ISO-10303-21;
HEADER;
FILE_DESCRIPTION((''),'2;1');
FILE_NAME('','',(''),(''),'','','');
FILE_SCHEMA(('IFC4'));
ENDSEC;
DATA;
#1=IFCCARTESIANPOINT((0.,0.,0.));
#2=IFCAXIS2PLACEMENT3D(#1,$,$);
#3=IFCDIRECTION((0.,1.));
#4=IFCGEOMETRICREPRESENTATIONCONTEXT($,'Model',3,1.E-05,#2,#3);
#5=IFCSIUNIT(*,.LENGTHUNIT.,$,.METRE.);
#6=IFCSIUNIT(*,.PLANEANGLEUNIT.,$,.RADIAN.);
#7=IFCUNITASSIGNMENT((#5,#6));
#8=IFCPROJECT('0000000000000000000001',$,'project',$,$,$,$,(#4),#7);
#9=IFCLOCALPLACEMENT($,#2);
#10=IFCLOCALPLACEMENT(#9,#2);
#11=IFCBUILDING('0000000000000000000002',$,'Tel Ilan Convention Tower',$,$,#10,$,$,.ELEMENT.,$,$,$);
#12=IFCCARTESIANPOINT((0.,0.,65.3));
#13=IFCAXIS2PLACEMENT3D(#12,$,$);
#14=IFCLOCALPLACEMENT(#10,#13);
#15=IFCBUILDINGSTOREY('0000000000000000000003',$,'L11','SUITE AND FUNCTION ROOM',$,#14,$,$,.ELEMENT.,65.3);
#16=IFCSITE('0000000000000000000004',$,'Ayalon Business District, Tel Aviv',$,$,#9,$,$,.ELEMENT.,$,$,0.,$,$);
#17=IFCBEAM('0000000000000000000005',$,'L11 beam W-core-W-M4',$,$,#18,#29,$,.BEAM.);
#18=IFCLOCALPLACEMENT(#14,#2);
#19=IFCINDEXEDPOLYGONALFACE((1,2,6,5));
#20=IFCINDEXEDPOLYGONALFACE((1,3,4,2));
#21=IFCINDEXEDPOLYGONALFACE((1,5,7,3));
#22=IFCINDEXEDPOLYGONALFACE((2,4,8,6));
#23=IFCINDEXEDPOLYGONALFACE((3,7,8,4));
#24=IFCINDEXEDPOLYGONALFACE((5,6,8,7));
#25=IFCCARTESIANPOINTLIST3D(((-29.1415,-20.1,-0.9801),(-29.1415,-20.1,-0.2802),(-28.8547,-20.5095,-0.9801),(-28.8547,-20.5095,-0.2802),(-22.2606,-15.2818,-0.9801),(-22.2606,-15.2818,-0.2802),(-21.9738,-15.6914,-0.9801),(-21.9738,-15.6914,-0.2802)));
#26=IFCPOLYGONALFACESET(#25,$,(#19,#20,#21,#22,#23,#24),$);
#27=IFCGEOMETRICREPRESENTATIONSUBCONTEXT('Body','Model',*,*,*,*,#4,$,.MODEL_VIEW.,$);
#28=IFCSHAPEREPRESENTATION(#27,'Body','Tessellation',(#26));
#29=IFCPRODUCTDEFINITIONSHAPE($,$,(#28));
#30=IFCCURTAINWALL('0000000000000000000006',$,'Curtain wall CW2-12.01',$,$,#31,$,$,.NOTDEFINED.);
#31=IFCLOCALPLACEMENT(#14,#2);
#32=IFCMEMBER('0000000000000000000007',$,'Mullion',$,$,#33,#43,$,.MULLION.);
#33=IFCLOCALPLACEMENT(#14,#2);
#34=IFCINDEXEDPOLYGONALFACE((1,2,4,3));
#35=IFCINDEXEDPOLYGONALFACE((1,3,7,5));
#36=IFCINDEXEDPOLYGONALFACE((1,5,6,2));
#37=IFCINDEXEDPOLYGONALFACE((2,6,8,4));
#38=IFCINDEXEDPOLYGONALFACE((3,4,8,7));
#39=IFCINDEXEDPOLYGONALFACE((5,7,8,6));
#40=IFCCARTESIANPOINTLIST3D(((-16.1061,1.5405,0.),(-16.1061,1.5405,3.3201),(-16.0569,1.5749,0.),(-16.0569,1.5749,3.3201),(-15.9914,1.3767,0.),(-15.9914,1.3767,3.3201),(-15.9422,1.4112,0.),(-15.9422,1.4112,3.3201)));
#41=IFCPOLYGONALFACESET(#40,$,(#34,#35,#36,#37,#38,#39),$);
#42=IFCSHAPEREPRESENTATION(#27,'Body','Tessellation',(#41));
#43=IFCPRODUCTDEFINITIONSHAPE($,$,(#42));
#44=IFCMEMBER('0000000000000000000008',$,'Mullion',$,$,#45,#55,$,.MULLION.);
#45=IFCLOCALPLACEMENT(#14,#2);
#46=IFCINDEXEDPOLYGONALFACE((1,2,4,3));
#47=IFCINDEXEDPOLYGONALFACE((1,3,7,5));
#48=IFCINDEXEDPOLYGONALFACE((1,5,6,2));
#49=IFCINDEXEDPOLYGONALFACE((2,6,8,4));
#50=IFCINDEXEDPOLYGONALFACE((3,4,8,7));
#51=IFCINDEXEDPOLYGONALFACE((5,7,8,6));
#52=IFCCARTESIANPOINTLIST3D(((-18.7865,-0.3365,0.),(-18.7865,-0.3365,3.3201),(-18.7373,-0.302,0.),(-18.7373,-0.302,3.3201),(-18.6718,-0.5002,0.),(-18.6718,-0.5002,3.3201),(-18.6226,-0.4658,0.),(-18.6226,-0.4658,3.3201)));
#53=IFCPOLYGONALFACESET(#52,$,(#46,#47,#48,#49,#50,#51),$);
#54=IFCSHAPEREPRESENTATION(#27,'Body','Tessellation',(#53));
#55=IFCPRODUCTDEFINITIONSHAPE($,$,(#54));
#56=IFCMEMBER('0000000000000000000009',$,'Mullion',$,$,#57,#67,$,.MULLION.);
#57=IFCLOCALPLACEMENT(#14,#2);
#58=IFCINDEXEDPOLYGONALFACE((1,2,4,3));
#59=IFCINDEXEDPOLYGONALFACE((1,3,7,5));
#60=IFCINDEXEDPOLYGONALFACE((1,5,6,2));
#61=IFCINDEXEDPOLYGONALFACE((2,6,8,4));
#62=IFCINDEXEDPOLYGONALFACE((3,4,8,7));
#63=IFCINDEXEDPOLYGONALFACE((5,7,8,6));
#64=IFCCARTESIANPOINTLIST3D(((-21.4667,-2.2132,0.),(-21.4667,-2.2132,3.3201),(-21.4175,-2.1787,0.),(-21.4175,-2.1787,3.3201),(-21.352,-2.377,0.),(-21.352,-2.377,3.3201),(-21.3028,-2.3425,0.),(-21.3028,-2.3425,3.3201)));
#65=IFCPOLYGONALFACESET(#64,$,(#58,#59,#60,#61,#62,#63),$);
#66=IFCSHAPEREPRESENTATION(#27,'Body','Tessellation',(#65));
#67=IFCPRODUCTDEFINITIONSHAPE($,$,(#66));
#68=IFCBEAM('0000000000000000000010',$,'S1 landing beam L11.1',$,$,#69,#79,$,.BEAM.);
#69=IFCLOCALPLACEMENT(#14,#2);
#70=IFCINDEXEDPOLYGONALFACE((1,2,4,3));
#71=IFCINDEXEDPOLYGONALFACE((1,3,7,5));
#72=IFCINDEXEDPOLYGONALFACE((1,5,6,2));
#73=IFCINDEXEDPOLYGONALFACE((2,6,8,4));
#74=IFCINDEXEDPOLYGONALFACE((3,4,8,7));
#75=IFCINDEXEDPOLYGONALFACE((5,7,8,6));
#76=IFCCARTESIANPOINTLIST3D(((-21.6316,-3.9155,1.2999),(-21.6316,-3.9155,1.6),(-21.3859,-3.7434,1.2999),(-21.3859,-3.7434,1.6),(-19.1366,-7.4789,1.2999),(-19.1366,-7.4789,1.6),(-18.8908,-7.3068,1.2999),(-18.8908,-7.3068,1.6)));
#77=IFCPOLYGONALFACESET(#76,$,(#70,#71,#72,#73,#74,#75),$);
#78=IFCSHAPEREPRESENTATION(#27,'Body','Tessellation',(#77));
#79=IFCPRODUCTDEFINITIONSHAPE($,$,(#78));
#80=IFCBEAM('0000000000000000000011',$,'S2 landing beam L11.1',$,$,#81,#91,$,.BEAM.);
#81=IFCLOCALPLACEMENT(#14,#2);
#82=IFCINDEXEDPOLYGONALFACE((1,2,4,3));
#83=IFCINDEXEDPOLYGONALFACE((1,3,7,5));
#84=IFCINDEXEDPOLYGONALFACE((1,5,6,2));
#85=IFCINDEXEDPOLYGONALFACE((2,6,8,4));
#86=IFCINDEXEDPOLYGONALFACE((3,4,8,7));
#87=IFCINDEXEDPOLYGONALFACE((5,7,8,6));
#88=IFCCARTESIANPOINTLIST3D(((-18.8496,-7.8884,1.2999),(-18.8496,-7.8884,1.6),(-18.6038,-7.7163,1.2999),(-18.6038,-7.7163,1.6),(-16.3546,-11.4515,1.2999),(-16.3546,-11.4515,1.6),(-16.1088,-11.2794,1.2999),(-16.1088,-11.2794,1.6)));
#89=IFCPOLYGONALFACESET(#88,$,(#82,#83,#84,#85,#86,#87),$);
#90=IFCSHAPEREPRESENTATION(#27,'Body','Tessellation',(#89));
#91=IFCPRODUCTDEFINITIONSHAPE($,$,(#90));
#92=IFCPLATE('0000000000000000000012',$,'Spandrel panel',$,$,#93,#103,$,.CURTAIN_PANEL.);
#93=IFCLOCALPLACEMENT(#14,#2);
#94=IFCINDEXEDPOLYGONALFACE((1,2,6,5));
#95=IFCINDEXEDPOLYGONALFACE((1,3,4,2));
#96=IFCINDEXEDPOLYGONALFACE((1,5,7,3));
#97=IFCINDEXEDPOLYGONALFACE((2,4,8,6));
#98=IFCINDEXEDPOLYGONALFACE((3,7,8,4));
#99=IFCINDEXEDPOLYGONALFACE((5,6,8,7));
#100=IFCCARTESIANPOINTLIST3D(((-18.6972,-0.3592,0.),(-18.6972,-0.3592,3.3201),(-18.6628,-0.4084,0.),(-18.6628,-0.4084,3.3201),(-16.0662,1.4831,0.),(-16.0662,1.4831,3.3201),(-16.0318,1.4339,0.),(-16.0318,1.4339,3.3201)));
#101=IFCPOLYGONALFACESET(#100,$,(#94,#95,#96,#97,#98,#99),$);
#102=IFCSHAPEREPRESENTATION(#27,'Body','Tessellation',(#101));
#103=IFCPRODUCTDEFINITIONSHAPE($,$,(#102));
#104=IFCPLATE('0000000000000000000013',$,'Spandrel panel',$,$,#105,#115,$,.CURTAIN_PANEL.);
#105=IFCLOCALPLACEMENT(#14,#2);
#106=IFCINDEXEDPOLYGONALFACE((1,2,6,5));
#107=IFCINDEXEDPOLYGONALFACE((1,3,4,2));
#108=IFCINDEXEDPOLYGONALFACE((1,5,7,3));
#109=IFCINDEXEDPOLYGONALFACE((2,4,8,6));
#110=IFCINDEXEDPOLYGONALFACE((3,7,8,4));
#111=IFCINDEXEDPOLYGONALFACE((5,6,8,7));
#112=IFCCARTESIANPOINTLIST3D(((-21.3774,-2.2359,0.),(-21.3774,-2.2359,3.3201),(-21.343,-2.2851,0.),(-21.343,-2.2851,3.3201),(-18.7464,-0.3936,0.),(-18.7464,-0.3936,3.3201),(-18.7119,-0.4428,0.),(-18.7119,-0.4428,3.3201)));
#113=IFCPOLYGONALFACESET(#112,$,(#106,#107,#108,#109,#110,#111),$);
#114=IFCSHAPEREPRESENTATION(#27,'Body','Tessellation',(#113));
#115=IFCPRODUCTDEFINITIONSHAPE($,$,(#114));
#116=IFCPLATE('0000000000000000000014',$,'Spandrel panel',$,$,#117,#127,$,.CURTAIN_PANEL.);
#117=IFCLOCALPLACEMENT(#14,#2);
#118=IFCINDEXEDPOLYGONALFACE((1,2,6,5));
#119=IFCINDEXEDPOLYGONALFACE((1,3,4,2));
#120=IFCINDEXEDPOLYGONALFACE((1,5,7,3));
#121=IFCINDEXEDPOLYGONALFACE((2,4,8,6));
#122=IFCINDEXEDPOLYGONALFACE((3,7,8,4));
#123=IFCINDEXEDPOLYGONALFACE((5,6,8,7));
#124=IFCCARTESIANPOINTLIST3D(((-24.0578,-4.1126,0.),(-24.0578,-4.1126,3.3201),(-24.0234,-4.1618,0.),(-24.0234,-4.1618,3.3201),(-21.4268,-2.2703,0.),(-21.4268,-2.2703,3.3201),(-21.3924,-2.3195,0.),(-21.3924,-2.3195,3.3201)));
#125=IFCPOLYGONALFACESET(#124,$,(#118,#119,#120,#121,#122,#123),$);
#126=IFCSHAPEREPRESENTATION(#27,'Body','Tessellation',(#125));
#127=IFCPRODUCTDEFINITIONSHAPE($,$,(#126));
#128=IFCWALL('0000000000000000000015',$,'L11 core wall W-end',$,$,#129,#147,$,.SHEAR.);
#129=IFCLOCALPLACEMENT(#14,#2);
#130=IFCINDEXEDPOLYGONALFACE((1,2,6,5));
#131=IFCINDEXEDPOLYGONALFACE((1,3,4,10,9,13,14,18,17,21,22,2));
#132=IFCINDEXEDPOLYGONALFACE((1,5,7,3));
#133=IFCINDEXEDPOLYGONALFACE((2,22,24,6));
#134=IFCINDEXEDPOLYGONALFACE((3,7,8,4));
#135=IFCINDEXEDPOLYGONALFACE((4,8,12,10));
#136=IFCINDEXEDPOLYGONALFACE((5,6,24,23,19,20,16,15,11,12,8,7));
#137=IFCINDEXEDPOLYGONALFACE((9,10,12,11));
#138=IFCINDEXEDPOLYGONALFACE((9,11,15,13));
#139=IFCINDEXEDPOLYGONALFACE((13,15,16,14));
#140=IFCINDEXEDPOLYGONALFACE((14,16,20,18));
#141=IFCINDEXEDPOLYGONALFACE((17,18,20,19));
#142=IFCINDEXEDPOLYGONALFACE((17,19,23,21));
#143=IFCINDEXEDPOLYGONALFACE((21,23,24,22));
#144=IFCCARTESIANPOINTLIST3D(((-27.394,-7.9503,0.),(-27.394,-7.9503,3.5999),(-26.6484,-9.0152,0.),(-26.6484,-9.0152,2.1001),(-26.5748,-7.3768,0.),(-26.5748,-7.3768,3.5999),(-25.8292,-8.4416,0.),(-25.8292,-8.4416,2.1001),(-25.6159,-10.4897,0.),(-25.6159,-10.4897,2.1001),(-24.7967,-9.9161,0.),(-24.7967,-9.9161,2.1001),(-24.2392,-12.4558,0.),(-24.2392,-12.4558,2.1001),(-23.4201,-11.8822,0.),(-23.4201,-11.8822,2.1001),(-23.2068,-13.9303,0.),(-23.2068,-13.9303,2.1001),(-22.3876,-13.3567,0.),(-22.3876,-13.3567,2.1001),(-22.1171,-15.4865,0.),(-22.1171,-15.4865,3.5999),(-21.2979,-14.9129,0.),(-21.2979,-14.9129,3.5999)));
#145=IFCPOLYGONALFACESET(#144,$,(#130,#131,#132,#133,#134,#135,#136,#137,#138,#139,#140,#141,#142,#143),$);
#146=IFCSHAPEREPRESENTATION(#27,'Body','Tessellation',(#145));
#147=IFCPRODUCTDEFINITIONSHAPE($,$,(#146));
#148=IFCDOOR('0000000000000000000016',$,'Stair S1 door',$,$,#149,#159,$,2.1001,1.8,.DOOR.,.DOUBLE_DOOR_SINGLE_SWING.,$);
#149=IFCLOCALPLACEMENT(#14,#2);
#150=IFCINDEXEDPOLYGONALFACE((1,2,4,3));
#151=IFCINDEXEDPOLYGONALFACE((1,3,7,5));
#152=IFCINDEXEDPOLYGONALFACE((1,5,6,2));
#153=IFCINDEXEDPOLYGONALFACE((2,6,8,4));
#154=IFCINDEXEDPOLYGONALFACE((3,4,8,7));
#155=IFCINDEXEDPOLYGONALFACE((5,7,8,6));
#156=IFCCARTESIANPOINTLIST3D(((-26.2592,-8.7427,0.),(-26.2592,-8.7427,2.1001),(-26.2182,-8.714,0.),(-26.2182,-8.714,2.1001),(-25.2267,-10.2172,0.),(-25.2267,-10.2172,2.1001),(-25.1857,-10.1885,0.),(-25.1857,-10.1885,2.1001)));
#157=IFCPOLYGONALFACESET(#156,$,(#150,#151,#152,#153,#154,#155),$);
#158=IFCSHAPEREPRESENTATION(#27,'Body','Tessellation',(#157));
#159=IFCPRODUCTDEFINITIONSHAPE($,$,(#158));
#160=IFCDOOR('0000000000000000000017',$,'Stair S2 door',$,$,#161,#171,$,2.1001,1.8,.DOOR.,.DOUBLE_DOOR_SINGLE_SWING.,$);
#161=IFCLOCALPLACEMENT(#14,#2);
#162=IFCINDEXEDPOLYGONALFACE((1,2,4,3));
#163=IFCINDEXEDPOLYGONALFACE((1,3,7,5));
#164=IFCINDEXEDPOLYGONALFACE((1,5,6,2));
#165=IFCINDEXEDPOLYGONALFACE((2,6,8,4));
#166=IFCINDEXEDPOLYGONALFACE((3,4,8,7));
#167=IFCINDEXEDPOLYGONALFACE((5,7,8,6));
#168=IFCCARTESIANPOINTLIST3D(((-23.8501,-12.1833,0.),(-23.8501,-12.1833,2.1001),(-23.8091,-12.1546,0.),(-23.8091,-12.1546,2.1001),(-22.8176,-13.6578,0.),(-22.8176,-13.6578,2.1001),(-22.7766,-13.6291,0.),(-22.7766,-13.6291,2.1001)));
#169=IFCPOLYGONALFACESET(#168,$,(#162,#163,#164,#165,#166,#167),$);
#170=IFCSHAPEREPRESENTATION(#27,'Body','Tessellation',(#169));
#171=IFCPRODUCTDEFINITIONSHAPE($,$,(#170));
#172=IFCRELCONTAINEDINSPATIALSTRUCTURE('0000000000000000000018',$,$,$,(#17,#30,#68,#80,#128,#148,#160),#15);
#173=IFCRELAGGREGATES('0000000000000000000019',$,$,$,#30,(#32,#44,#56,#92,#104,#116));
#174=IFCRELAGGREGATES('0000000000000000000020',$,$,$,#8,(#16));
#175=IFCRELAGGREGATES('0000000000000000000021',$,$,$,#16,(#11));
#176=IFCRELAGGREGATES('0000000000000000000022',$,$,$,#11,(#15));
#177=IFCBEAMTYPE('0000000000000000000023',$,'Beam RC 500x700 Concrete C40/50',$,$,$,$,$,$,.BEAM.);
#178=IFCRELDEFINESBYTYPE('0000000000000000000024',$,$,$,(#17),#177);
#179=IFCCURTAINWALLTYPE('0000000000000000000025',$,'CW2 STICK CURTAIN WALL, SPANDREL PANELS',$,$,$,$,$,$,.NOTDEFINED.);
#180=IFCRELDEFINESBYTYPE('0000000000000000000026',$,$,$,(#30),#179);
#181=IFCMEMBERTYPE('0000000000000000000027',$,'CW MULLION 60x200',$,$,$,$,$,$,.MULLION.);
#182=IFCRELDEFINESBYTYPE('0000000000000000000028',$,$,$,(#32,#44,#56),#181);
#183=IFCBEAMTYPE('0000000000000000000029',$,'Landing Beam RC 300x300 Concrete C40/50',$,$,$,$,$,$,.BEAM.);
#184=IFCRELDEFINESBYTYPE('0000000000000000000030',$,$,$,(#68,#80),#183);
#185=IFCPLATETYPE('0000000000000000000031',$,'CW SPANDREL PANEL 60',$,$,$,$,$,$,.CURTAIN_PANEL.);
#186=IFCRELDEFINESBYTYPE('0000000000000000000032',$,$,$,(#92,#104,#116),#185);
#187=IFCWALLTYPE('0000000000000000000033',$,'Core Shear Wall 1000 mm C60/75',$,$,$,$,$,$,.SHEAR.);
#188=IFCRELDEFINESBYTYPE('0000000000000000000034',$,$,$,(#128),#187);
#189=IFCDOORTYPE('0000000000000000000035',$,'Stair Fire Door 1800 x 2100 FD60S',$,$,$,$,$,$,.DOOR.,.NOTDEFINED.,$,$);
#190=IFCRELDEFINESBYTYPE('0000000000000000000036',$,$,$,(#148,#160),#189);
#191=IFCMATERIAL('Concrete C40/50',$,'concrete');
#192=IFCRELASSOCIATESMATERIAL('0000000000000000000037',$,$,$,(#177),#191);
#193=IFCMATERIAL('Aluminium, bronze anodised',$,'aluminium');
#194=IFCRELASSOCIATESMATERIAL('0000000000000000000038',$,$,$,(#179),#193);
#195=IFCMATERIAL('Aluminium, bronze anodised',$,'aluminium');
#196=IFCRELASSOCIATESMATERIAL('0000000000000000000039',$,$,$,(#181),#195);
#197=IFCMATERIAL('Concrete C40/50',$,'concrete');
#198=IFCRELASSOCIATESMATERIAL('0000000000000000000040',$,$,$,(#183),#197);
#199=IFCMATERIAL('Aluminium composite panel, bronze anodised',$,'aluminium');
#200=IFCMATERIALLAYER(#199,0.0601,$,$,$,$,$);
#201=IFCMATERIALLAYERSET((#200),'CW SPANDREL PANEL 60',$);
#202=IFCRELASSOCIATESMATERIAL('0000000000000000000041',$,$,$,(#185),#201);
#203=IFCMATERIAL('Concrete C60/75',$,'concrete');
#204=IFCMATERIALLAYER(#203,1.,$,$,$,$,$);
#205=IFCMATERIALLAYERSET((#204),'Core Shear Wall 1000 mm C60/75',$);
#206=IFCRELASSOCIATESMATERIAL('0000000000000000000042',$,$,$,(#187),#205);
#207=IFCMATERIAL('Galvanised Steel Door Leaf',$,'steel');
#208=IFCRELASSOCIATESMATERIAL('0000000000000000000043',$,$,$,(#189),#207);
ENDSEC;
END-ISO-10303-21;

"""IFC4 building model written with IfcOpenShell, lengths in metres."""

from ifc_helpers import new_model, si_unit, direction, frame, frame_2d, origin, origin_2d, place, context, subcontext, project, spatial, polyline, rectangle, outline, extrude, material, layer, layer_set, material_profile, profile_set, type_object, element, fill, aggregate, save


model = new_model("IFC4")

# Units and contexts
model_context = context("Model", 3, precision=1e-05, world=origin(), true_north=direction((0.0, 1.0)))
body_context = subcontext(model_context, "Body", "Model", "MODEL_VIEW")
ifc_project = project(units=[si_unit("LENGTHUNIT", "METRE"), si_unit("PLANEANGLEUNIT", "RADIAN")], contexts=[model_context])

# Site, building, storey
site_placement = place(None, origin())
site = spatial("IfcSite", under=ifc_project, at=site_placement, Name="Ayalon Business District, Tel Aviv", CompositionType="ELEMENT", RefElevation=0.0)
building_placement = place(site_placement, origin())
building = spatial("IfcBuilding", under=site, at=building_placement, Name="Tel Ilan Convention Tower", CompositionType="ELEMENT")
storey_placement = place(building_placement, frame((0.0, 0.0, 65.3)))
storey = spatial("IfcBuildingStorey", under=building, at=storey_placement, Name="L11", Description="SUITE AND FUNCTION ROOM", CompositionType="ELEMENT", Elevation=65.3)

# Beam
ifc_material_1 = material(Name="Concrete C40/50", Category="concrete")
ifc_material_profile_1 = material_profile(ifc_material_1, rectangle(XDim=0.5, YDim=0.7, at=origin_2d()), Name="RC 500x700")
ifc_profile_set_1 = profile_set([ifc_material_profile_1], Name="Concrete C40/50")
beam_type_1 = type_object("IfcBeamType", Name="Beam RC 500x700 Concrete C40/50", PredefinedType="BEAM", material=ifc_profile_set_1)
beam_1_placement = place(storey_placement, frame((-22.1172, -15.4866, -0.6301), z_axis=(-0.819147, -0.573583, 0.0), x_axis=(0.573583, -0.819147, 0.0)))
element("IfcBeam", 1, at=beam_1_placement, inside=storey, type_object=beam_type_1, Name="L11 beam W-core-W-M4", PredefinedType="BEAM", context=body_context, shape_type="SweptSolid", body=[
    extrude(rectangle(XDim=0.5, YDim=0.7, at=origin_2d()), origin(), (0.0, 0.0, 1.0), 8.4001),
])

# Curtain wall, members
ifc_material_2 = material(Name="Aluminium, bronze anodised", Category="aluminium")
curtain_wall_type = type_object("IfcCurtainWallType", Name="CW2 STICK CURTAIN WALL, SPANDREL PANELS", PredefinedType="NOTDEFINED", material=ifc_material_2)
curtain_wall_placement = place(storey_placement, origin())
curtain_wall = element("IfcCurtainWall", 2, at=curtain_wall_placement, inside=storey, type_object=curtain_wall_type, Name="Curtain wall CW2-12.01", PredefinedType="NOTDEFINED")
ifc_material_3 = material(Name="Aluminium, bronze anodised", Category="aluminium")
ifc_material_profile_2 = material_profile(ifc_material_3, rectangle(XDim=0.0601, YDim=0.2, at=origin_2d()), Name="CW MULLION 60x200")
ifc_profile_set_2 = profile_set([ifc_material_profile_2], Name="Aluminium, bronze anodised")
member_type = type_object("IfcMemberType", Name="CW MULLION 60x200", PredefinedType="MULLION", material=ifc_profile_set_2)
member_1_placement = place(storey_placement, frame((-16.0242, 1.4758, 0.0), z_axis=(0.0, 0.0, 1.0), x_axis=(-0.819152, -0.573576, 0.0)))
member_1 = element("IfcMember", 3, at=member_1_placement, type_object=member_type, Name="Mullion", PredefinedType="MULLION", context=body_context, shape_type="SweptSolid", body=[
    extrude(rectangle(XDim=0.0601, YDim=0.2, at=origin_2d()), origin(), (0.0, 0.0, 1.0), 3.3201),
])
member_2_placement = place(storey_placement, frame((-18.7046, -0.4011, 0.0), z_axis=(0.0, 0.0, 1.0), x_axis=(-0.819152, -0.573576, 0.0)))
member_2 = element("IfcMember", 4, at=member_2_placement, type_object=member_type, Name="Mullion", PredefinedType="MULLION", context=body_context, shape_type="SweptSolid", body=[
    extrude(rectangle(XDim=0.0601, YDim=0.2, at=origin_2d()), origin(), (0.0, 0.0, 1.0), 3.3201),
])
member_3_placement = place(storey_placement, frame((-21.3848, -2.2778, 0.0), z_axis=(0.0, 0.0, 1.0), x_axis=(-0.819152, -0.573576, 0.0)))
member_3 = element("IfcMember", 5, at=member_3_placement, type_object=member_type, Name="Mullion", PredefinedType="MULLION", context=body_context, shape_type="SweptSolid", body=[
    extrude(rectangle(XDim=0.0601, YDim=0.2, at=origin_2d()), origin(), (0.0, 0.0, 1.0), 3.3201),
])

# Beams
ifc_material_4 = material(Name="Concrete C40/50", Category="concrete")
ifc_material_profile_3 = material_profile(ifc_material_4, rectangle(XDim=0.3, YDim=0.3, at=origin_2d()), Name="RC 300x300")
ifc_profile_set_3 = profile_set([ifc_material_profile_3], Name="Concrete C40/50")
beam_type_2 = type_object("IfcBeamType", Name="Landing Beam RC 300x300 Concrete C40/50", PredefinedType="BEAM", material=ifc_profile_set_3)
beam_2_placement = place(storey_placement, frame((-19.0137, -7.3928, 1.45), z_axis=(-0.573568, 0.819158, 0.0), x_axis=(-0.819158, -0.573568, 0.0)))
element("IfcBeam", 6, at=beam_2_placement, inside=storey, type_object=beam_type_2, Name="S1 landing beam L11.1", PredefinedType="BEAM", context=body_context, shape_type="SweptSolid", body=[
    extrude(rectangle(XDim=0.3, YDim=0.3, at=origin_2d()), origin(), (0.0, 0.0, 1.0), 4.3501),
])
beam_3_placement = place(storey_placement, frame((-16.2317, -11.3655, 1.45), z_axis=(-0.573594, 0.81914, 0.0), x_axis=(-0.81914, -0.573594, 0.0)))
element("IfcBeam", 7, at=beam_3_placement, inside=storey, type_object=beam_type_2, Name="S2 landing beam L11.1", PredefinedType="BEAM", context=body_context, shape_type="SweptSolid", body=[
    extrude(rectangle(XDim=0.3, YDim=0.3, at=origin_2d()), origin(), (0.0, 0.0, 1.0), 4.3499),
])

# Plates
ifc_material_5 = material(Name="Aluminium composite panel, bronze anodised", Category="aluminium")
ifc_layer_1 = layer(ifc_material_5, 0.0601)
ifc_layer_set_1 = layer_set([ifc_layer_1], Name="CW SPANDREL PANEL 60")
plate_type = type_object("IfcPlateType", Name="CW SPANDREL PANEL 60", PredefinedType="CURTAIN_PANEL", material=ifc_layer_set_1)
plate_1_placement = place(storey_placement, frame((-17.3645, 0.5374, 0.0), z_axis=(0.0, 0.0, 1.0), x_axis=(-0.819152, -0.573576, 0.0)))
plate_1 = element("IfcPlate", 8, at=plate_1_placement, type_object=plate_type, Name="Spandrel panel", PredefinedType="CURTAIN_PANEL", context=body_context, shape_type="SweptSolid", body=[
    extrude(rectangle(XDim=3.2119, YDim=0.0601, at=origin_2d()), origin(), (0.0, 0.0, 1.0), 3.3201),
])
plate_2_placement = place(storey_placement, frame((-20.0447, -1.3394, 0.0), z_axis=(0.0, 0.0, 1.0), x_axis=(-0.819152, -0.573576, 0.0)))
plate_2 = element("IfcPlate", 9, at=plate_2_placement, type_object=plate_type, Name="Spandrel panel", PredefinedType="CURTAIN_PANEL", context=body_context, shape_type="SweptSolid", body=[
    extrude(rectangle(XDim=3.2119, YDim=0.0601, at=origin_2d()), origin(), (0.0, 0.0, 1.0), 3.3201),
])
plate_3_placement = place(storey_placement, frame((-22.7251, -3.2161, 0.0), z_axis=(0.0, 0.0, 1.0), x_axis=(-0.819152, -0.573576, 0.0)))
plate_3 = element("IfcPlate", 10, at=plate_3_placement, type_object=plate_type, Name="Spandrel panel", PredefinedType="CURTAIN_PANEL", context=body_context, shape_type="SweptSolid", body=[
    extrude(rectangle(XDim=3.2119, YDim=0.0601, at=origin_2d()), origin(), (0.0, 0.0, 1.0), 3.3201),
])
aggregate(curtain_wall, [member_1, member_2, member_3, plate_1, plate_2, plate_3])

# Wall, openings, doors
ifc_material_6 = material(Name="Concrete C60/75", Category="concrete")
ifc_layer_2 = layer(ifc_material_6, 1.0)
ifc_layer_set_2 = layer_set([ifc_layer_2], Name="Core Shear Wall 1000 mm C60/75")
wall_type_1 = type_object("IfcWallType", Name="Core Shear Wall 1000 mm C60/75", PredefinedType="SHEAR", material=ifc_layer_set_2)
wall_1_placement = place(storey_placement, frame((-21.7075, -15.1997, 0.0), z_axis=(0.0, 0.0, 1.0), x_axis=(-0.573576, 0.819152, 0.0)))
wall_1 = element("IfcWall", 11, at=wall_1_placement, inside=storey, type_object=wall_type_1, Name="L11 core wall W-end", PredefinedType="SHEAR", context=body_context, shape_type="SweptSolid", body=[
    extrude(outline(polyline([(0.0, 0.5), (0.0, -0.5), (9.2, -0.5), (9.2, 0.5), (0.0, 0.5)])), origin(), (0.0, 0.0, 1.0), 3.5999),
])
opening_1_placement = place(wall_1_placement, frame((6.1001, 0.0, 0.0)))
opening_1 = element("IfcOpeningElement", 12, at=opening_1_placement, cuts=wall_1, PredefinedType="OPENING", context=body_context, shape_type="SweptSolid", body=[
    extrude(rectangle(XDim=1.8, YDim=2.1001, at=frame_2d((0.8999, 1.05))), frame((0.0, 0.51, 0.0), z_axis=(0.0, -1.0, 0.0), x_axis=(1.0, 0.0, 0.0)), (0.0, 0.0, 1.0), 1.02),
])
opening_2_placement = place(wall_1_placement, frame((1.8999, 0.0, 0.0)))
opening_2 = element("IfcOpeningElement", 13, at=opening_2_placement, cuts=wall_1, PredefinedType="OPENING", context=body_context, shape_type="SweptSolid", body=[
    extrude(rectangle(XDim=1.8, YDim=2.1001, at=frame_2d((0.8999, 1.05))), frame((0.0, 0.51, 0.0), z_axis=(0.0, -1.0, 0.0), x_axis=(1.0, 0.0, 0.0)), (0.0, 0.0, 1.0), 1.02),
])
ifc_material_7 = material(Name="Galvanised Steel Door Leaf", Category="steel")
door_type = type_object("IfcDoorType", Name="Stair Fire Door 1800 x 2100 FD60S", OperationType="NOTDEFINED", PredefinedType="DOOR", material=ifc_material_7)
door_1_placement = place(opening_1_placement, origin())
door_1 = element("IfcDoor", 14, at=door_1_placement, inside=storey, type_object=door_type, Name="Stair S1 door", OperationType="DOUBLE_DOOR_SINGLE_SWING", OverallHeight=2.1001, OverallWidth=1.8, PredefinedType="DOOR", context=body_context, shape_type="SweptSolid", body=[
    extrude(rectangle(XDim=1.8, YDim=2.1001, at=frame_2d((0.8999, 1.05))), frame((0.0, 0.0249, 0.0), z_axis=(0.0, -1.0, 0.0), x_axis=(1.0, 0.0, 0.0)), (0.0, 0.0, 1.0), 0.05),
])
fill(opening_1, door_1)
door_2_placement = place(opening_2_placement, origin())
door_2 = element("IfcDoor", 15, at=door_2_placement, inside=storey, type_object=door_type, Name="Stair S2 door", OperationType="DOUBLE_DOOR_SINGLE_SWING", OverallHeight=2.1001, OverallWidth=1.8, PredefinedType="DOOR", context=body_context, shape_type="SweptSolid", body=[
    extrude(rectangle(XDim=1.8, YDim=2.1001, at=frame_2d((0.8999, 1.05))), frame((0.0, 0.0249, 0.0), z_axis=(0.0, -1.0, 0.0), x_axis=(1.0, 0.0, 0.0)), (0.0, 0.0, 1.0), 0.05),
])
fill(opening_2, door_2)

save(model, "model.ifc")
